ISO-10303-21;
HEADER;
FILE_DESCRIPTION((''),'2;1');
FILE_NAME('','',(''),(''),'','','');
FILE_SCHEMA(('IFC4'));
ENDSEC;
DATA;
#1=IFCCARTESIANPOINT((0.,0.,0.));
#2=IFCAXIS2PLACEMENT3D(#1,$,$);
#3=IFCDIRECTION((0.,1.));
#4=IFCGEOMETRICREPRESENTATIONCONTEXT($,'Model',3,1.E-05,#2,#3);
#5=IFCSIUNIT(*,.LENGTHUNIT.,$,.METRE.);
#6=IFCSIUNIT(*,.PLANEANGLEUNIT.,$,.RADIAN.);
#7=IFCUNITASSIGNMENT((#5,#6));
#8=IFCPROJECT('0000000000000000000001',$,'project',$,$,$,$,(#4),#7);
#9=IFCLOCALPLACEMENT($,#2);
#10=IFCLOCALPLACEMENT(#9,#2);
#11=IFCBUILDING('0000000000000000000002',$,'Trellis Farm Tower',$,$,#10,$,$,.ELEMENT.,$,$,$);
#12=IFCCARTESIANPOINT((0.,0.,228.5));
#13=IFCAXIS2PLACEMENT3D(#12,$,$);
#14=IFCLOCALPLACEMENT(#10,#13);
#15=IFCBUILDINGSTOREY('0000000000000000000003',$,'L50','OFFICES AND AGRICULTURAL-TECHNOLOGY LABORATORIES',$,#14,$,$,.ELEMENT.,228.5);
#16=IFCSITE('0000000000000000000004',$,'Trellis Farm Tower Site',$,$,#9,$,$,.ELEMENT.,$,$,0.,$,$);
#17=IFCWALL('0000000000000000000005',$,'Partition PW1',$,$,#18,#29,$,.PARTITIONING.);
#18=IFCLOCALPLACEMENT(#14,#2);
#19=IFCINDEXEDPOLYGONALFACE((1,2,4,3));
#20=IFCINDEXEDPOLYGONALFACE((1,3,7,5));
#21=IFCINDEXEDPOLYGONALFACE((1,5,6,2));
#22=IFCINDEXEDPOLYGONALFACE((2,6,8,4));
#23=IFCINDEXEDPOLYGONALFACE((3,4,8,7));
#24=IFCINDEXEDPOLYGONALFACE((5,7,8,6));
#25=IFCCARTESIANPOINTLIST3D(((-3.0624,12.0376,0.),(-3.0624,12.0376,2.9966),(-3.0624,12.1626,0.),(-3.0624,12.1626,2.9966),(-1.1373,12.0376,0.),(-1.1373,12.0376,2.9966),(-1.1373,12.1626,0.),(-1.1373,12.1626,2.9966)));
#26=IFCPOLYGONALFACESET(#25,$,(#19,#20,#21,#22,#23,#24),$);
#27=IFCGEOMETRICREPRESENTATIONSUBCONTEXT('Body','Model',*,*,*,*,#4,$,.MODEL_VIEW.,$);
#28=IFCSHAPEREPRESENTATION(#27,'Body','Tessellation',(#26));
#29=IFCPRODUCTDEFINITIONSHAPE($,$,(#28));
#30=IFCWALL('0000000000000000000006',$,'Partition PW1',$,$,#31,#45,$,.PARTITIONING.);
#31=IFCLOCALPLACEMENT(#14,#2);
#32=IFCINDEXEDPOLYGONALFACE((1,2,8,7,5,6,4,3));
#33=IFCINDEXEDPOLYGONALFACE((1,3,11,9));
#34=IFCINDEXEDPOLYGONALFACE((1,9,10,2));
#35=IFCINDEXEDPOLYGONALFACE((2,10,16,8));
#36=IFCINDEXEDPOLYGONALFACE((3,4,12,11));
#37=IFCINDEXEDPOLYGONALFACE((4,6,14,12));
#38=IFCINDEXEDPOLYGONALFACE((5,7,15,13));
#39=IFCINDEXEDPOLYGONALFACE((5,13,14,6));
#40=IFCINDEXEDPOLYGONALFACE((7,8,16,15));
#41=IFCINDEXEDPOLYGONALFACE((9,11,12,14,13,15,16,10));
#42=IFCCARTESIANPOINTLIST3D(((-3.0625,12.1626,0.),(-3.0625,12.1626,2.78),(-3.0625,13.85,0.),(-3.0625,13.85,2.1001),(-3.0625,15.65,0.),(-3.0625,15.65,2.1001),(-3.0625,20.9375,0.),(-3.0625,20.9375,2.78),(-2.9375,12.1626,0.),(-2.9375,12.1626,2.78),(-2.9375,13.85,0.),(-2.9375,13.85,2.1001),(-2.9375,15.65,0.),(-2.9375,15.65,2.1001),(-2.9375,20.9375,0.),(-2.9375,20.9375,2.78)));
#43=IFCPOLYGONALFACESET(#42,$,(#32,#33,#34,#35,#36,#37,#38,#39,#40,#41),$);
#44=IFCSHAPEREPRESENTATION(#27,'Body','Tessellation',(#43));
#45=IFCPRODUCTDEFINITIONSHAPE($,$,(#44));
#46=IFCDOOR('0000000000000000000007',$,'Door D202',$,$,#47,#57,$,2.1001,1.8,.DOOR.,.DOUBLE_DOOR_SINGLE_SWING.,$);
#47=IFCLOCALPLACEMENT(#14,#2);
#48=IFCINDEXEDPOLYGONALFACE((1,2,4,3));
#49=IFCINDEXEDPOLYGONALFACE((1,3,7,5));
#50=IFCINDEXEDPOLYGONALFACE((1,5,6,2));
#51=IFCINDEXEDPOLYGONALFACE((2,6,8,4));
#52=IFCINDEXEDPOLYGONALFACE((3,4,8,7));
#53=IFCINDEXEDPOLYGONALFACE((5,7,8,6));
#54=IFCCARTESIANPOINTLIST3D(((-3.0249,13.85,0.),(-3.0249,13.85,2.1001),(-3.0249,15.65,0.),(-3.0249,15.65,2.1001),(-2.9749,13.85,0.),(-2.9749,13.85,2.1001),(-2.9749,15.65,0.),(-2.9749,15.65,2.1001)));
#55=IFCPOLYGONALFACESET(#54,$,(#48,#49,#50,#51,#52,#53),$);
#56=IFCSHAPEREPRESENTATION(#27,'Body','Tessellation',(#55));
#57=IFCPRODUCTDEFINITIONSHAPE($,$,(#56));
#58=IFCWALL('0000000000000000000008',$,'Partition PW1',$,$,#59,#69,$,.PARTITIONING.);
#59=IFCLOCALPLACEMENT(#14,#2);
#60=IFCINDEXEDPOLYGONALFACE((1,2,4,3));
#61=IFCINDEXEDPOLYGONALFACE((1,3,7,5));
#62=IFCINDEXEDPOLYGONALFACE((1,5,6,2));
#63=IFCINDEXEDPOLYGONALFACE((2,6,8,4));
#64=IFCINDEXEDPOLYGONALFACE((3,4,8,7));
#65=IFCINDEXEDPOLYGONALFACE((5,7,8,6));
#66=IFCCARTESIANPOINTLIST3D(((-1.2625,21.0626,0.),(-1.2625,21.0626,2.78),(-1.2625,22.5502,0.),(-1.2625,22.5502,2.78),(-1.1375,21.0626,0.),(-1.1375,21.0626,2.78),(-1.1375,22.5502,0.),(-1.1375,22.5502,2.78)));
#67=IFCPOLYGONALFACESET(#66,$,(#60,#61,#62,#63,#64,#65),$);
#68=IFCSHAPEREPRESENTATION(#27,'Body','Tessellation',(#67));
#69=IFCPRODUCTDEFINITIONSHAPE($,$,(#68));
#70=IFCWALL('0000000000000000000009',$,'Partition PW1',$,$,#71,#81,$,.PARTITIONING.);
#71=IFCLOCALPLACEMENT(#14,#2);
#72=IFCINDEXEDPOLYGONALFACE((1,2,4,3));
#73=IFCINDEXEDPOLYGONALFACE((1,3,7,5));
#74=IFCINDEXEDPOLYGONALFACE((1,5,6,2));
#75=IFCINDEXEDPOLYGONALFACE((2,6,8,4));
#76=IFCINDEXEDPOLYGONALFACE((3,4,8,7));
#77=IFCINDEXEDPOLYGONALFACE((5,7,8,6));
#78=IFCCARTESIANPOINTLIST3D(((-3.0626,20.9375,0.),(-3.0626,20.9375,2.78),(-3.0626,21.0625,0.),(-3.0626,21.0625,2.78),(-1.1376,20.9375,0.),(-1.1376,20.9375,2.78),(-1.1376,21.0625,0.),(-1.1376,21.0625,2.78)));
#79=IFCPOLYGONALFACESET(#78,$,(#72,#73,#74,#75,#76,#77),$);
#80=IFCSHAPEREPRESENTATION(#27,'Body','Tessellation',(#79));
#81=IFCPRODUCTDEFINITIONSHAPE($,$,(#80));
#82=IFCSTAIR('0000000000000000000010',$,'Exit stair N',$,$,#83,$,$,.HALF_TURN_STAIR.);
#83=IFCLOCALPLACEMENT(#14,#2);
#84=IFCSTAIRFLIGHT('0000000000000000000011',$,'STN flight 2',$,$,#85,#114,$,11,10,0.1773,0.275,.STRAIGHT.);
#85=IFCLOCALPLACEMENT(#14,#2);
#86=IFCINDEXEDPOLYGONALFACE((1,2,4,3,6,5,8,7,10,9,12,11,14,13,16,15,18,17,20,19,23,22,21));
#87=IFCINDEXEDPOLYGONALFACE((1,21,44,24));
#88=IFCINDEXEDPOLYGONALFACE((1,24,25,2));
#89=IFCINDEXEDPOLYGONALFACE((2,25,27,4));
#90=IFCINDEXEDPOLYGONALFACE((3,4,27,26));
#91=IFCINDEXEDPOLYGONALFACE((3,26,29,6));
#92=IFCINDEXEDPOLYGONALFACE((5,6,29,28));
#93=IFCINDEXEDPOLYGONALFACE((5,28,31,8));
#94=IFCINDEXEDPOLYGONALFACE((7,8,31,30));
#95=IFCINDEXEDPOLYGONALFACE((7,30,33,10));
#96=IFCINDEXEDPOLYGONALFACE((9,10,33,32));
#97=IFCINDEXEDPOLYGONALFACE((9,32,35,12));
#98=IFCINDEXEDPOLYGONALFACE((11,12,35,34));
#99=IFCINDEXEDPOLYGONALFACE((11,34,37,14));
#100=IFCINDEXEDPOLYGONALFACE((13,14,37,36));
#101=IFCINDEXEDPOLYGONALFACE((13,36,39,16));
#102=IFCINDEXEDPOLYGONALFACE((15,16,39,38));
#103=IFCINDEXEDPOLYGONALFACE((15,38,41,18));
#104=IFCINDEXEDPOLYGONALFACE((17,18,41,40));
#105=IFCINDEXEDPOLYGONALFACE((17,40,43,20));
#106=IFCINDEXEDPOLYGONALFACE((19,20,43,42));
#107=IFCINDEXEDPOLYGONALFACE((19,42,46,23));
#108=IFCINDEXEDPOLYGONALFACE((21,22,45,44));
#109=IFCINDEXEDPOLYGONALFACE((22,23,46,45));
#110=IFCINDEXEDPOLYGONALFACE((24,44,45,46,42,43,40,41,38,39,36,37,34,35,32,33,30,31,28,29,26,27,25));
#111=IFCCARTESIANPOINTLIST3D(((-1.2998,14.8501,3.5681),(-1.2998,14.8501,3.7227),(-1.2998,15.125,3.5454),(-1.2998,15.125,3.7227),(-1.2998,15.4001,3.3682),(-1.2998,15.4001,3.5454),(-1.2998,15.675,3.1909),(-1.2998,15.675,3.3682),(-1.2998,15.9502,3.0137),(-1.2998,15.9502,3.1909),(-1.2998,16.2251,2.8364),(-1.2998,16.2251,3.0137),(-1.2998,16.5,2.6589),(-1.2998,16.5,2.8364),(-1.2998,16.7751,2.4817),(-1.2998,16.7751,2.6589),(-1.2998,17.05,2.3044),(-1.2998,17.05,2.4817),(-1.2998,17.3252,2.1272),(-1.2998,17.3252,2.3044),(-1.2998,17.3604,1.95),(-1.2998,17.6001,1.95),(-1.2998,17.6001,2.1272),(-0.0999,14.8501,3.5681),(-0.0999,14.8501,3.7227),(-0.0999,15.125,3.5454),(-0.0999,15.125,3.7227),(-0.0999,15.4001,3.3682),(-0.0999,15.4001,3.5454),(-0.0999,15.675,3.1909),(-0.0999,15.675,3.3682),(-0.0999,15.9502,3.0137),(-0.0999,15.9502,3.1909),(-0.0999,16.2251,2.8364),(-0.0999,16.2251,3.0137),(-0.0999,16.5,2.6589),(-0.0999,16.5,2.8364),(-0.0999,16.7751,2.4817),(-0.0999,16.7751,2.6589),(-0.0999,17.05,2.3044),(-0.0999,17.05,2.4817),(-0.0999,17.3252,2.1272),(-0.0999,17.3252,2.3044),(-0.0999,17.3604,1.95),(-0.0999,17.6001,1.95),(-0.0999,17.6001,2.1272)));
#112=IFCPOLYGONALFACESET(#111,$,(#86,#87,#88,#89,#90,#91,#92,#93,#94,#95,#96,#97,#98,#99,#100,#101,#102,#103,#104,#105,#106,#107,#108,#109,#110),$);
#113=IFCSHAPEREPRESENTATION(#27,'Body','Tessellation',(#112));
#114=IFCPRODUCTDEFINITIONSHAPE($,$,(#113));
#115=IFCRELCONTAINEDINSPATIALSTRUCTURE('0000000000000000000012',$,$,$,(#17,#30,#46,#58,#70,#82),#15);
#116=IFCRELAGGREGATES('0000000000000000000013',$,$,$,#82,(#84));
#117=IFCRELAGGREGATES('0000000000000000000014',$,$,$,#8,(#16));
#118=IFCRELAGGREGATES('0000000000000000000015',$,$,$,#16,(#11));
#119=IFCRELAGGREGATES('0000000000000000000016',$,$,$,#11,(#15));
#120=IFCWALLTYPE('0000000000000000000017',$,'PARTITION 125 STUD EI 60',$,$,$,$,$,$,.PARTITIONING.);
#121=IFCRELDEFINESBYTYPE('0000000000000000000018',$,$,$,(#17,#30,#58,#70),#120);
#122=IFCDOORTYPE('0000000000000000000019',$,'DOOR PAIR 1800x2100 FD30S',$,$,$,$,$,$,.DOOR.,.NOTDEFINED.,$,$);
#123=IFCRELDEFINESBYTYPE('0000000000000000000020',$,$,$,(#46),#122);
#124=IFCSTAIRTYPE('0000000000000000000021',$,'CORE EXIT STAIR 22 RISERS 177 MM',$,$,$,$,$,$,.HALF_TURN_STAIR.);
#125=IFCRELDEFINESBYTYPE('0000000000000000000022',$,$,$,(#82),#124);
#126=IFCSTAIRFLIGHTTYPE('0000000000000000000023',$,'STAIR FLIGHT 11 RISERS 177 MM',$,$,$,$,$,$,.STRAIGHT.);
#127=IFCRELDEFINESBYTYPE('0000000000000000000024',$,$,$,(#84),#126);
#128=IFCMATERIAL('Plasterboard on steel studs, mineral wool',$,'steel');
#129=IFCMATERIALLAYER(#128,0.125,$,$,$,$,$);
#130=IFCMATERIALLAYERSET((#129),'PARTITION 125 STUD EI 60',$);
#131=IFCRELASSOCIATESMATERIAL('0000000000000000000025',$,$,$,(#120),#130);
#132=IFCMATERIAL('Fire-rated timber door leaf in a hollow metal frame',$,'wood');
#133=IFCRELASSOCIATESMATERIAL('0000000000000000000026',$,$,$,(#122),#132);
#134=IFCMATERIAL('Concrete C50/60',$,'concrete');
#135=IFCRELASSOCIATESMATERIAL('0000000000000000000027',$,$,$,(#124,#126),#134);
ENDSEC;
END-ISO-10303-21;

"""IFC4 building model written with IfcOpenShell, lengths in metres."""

from ifc_helpers import new_model, si_unit, direction, frame, frame_2d, origin, place, context, subcontext, project, spatial, polyline, rectangle, outline, extrude, source, transform, mapped, material, layer, layer_set, type_object, element, fill, aggregate, save


model = new_model("IFC4")

# Units and contexts
model_context = context("Model", 3, precision=1e-05, world=origin(), true_north=direction((0.0, 1.0)))
body_context = subcontext(model_context, "Body", "Model", "MODEL_VIEW")
ifc_project = project(units=[si_unit("LENGTHUNIT", "METRE"), si_unit("PLANEANGLEUNIT", "RADIAN")], contexts=[model_context])

# Site, building, storey
site_placement = place(None, origin())
site = spatial("IfcSite", under=ifc_project, at=site_placement, Name="Trellis Farm Tower Site", CompositionType="ELEMENT", RefElevation=0.0)
building_placement = place(site_placement, origin())
building = spatial("IfcBuilding", under=site, at=building_placement, Name="Trellis Farm Tower", CompositionType="ELEMENT")
storey_placement = place(building_placement, frame((0.0, 0.0, 228.5)))
storey = spatial("IfcBuildingStorey", under=building, at=storey_placement, Name="L50", Description="OFFICES AND AGRICULTURAL-TECHNOLOGY LABORATORIES", CompositionType="ELEMENT", Elevation=228.5)

# Shared definitions
placement_1 = place(storey_placement, origin())

# Wall
ifc_material_1 = material(Name="Plasterboard on steel studs, mineral wool", Category="steel")
ifc_layer_1 = layer(ifc_material_1, 0.125)
ifc_layer_set_1 = layer_set([ifc_layer_1], Name="PARTITION 125 STUD EI 60")
wall_type_1 = type_object("IfcWallType", Name="PARTITION 125 STUD EI 60", PredefinedType="PARTITIONING", material=ifc_layer_set_1)
shared_shape_1 = source(origin(), body_context, "Body", "SweptSolid", [
    extrude(rectangle(XDim=1.925, YDim=0.125, at=frame_2d((0.9624, 0.0))), origin(), (0.0, 0.0, 1.0), 2.9966),
])
wall_1_placement = place(storey_placement, frame((-1.1375, 12.1001, 0.0), z_axis=(0.0, 0.0, 1.0), x_axis=(-1.0, 0.0, 0.0)))
element("IfcWall", 1, at=wall_1_placement, inside=storey, type_object=wall_type_1, Name="Partition PW1", PredefinedType="PARTITIONING", context=body_context, shape_type="MappedRepresentation", body=[
    mapped(shared_shape_1, transform((0.0, 0.0, 0.0))),
])

# Wall, opening, door
shared_shape_2 = source(origin(), body_context, "Body", "SweptSolid", [
    extrude(rectangle(XDim=8.7749, YDim=0.125, at=frame_2d((4.3875, 0.0))), origin(), (0.0, 0.0, 1.0), 2.78),
])
wall_2_placement = place(storey_placement, frame((-3.0, 12.1626, 0.0), z_axis=(0.0, 0.0, 1.0), x_axis=(0.0, 1.0, 0.0)))
wall_2 = element("IfcWall", 2, at=wall_2_placement, inside=storey, type_object=wall_type_1, Name="Partition PW1", PredefinedType="PARTITIONING", context=body_context, shape_type="MappedRepresentation", body=[
    mapped(shared_shape_2, transform((0.0, 0.0, 0.0))),
])
shared_shape_3 = source(origin(), body_context, "Body", "SweptSolid", [
    extrude(rectangle(XDim=1.8, YDim=2.1001, at=frame_2d((0.8999, 1.05))), frame((0.0, 0.0725, 0.0), z_axis=(0.0, -1.0, 0.0), x_axis=(1.0, 0.0, 0.0)), (0.0, 0.0, 1.0), 0.145),
])
opening_1_placement = place(wall_2_placement, frame((1.6875, 0.0, 0.0)))
opening_1 = element("IfcOpeningElement", 3, at=opening_1_placement, cuts=wall_2, PredefinedType="OPENING", context=body_context, shape_type="MappedRepresentation", body=[
    mapped(shared_shape_3, transform((0.0, 0.0, 0.0))),
])
ifc_material_2 = material(Name="Fire-rated timber door leaf in a hollow metal frame", Category="wood")
door_type_1 = type_object("IfcDoorType", Name="DOOR PAIR 1800x2100 FD30S", OperationType="NOTDEFINED", PredefinedType="DOOR", material=ifc_material_2)
shared_shape_4 = source(origin(), body_context, "Body", "SweptSolid", [
    extrude(rectangle(XDim=1.8, YDim=2.1001, at=frame_2d((0.8999, 1.05))), frame((0.0, 0.0249, 0.0), z_axis=(0.0, -1.0, 0.0), x_axis=(1.0, 0.0, 0.0)), (0.0, 0.0, 1.0), 0.05),
])
door_1_placement = place(opening_1_placement, origin())
door_1 = element("IfcDoor", 4, at=door_1_placement, inside=storey, type_object=door_type_1, Name="Door D202", OperationType="DOUBLE_DOOR_SINGLE_SWING", OverallHeight=2.1001, OverallWidth=1.8, PredefinedType="DOOR", context=body_context, shape_type="MappedRepresentation", body=[
    mapped(shared_shape_4, transform((0.0, 0.0, 0.0))),
])
fill(opening_1, door_1)

# Walls
shared_shape_5 = source(origin(), body_context, "Body", "SweptSolid", [
    extrude(rectangle(XDim=1.4875, YDim=0.125, at=frame_2d((0.7437, 0.0))), origin(), (0.0, 0.0, 1.0), 2.78),
])
wall_3_placement = place(storey_placement, frame((-1.2, 22.55, 0.0), z_axis=(0.0, 0.0, 1.0), x_axis=(0.0, -1.0, 0.0)))
element("IfcWall", 5, at=wall_3_placement, inside=storey, type_object=wall_type_1, Name="Partition PW1", PredefinedType="PARTITIONING", context=body_context, shape_type="MappedRepresentation", body=[
    mapped(shared_shape_5, transform((0.0, 0.0, 0.0))),
])
shared_shape_6 = source(origin(), body_context, "Body", "SweptSolid", [
    extrude(rectangle(XDim=1.925, YDim=0.125, at=frame_2d((0.9624, 0.0))), origin(), (0.0, 0.0, 1.0), 2.78),
])
wall_4_placement = place(storey_placement, frame((-3.0625, 21.0, 0.0), z_axis=(0.0, 0.0, 1.0), x_axis=(1.0, 0.0, 0.0)))
element("IfcWall", 6, at=wall_4_placement, inside=storey, type_object=wall_type_1, Name="Partition PW1", PredefinedType="PARTITIONING", context=body_context, shape_type="MappedRepresentation", body=[
    mapped(shared_shape_6, transform((0.0, 0.0, 0.0))),
])

# Stair, stair flight
ifc_material_3 = material(Name="Concrete C50/60", Category="concrete")
stair_type = type_object("IfcStairType", Name="CORE EXIT STAIR 22 RISERS 177 MM", PredefinedType="HALF_TURN_STAIR", material=ifc_material_3)
stair = element("IfcStair", 7, at=placement_1, inside=storey, type_object=stair_type, Name="Exit stair N", PredefinedType="HALF_TURN_STAIR")
stair_flight_type = type_object("IfcStairFlightType", Name="STAIR FLIGHT 11 RISERS 177 MM", PredefinedType="STRAIGHT", material=ifc_material_3)
shared_shape_7 = source(origin(), body_context, "Body", "SweptSolid", [
    extrude(outline(polyline([(0.0, 0.0), (0.0, 0.1772), (0.2749, 0.1772), (0.2749, 0.3545), (0.55, 0.3545), (0.55, 0.5317), (0.825, 0.5317), (0.825, 0.709), (1.1001, 0.709), (1.1001, 0.8865), (1.375, 0.8865), (1.375, 1.0637), (1.6499, 1.0637), (1.6499, 1.241), (1.925, 1.241), (1.925, 1.4182), (2.2, 1.4182), (2.2, 1.5955), (2.4751, 1.5955), (2.4751, 1.7727), (2.75, 1.7727), (2.75, 1.95), (2.75, 1.6182), (0.2397, 0.0), (0.0, 0.0)])), frame((0.0, 0.6001, 0.0), z_axis=(0.0, -1.0, 0.0), x_axis=(1.0, 0.0, 0.0)), (0.0, 0.0, 1.0), 1.2),
])
stair_flight_placement = place(storey_placement, frame((-0.7, 17.6001, 1.95), z_axis=(0.0, 0.0, 1.0), x_axis=(0.0, -1.0, 0.0)))
stair_flight = element("IfcStairFlight", 8, at=stair_flight_placement, type_object=stair_flight_type, Name="STN flight 2", NumberOfRisers=11, NumberOfTreads=10, PredefinedType="STRAIGHT", RiserHeight=0.1773, TreadLength=0.275, context=body_context, shape_type="MappedRepresentation", body=[
    mapped(shared_shape_7, transform((0.0, 0.0, 0.0))),
])
aggregate(stair, [stair_flight])

save(model, "model.ifc")
